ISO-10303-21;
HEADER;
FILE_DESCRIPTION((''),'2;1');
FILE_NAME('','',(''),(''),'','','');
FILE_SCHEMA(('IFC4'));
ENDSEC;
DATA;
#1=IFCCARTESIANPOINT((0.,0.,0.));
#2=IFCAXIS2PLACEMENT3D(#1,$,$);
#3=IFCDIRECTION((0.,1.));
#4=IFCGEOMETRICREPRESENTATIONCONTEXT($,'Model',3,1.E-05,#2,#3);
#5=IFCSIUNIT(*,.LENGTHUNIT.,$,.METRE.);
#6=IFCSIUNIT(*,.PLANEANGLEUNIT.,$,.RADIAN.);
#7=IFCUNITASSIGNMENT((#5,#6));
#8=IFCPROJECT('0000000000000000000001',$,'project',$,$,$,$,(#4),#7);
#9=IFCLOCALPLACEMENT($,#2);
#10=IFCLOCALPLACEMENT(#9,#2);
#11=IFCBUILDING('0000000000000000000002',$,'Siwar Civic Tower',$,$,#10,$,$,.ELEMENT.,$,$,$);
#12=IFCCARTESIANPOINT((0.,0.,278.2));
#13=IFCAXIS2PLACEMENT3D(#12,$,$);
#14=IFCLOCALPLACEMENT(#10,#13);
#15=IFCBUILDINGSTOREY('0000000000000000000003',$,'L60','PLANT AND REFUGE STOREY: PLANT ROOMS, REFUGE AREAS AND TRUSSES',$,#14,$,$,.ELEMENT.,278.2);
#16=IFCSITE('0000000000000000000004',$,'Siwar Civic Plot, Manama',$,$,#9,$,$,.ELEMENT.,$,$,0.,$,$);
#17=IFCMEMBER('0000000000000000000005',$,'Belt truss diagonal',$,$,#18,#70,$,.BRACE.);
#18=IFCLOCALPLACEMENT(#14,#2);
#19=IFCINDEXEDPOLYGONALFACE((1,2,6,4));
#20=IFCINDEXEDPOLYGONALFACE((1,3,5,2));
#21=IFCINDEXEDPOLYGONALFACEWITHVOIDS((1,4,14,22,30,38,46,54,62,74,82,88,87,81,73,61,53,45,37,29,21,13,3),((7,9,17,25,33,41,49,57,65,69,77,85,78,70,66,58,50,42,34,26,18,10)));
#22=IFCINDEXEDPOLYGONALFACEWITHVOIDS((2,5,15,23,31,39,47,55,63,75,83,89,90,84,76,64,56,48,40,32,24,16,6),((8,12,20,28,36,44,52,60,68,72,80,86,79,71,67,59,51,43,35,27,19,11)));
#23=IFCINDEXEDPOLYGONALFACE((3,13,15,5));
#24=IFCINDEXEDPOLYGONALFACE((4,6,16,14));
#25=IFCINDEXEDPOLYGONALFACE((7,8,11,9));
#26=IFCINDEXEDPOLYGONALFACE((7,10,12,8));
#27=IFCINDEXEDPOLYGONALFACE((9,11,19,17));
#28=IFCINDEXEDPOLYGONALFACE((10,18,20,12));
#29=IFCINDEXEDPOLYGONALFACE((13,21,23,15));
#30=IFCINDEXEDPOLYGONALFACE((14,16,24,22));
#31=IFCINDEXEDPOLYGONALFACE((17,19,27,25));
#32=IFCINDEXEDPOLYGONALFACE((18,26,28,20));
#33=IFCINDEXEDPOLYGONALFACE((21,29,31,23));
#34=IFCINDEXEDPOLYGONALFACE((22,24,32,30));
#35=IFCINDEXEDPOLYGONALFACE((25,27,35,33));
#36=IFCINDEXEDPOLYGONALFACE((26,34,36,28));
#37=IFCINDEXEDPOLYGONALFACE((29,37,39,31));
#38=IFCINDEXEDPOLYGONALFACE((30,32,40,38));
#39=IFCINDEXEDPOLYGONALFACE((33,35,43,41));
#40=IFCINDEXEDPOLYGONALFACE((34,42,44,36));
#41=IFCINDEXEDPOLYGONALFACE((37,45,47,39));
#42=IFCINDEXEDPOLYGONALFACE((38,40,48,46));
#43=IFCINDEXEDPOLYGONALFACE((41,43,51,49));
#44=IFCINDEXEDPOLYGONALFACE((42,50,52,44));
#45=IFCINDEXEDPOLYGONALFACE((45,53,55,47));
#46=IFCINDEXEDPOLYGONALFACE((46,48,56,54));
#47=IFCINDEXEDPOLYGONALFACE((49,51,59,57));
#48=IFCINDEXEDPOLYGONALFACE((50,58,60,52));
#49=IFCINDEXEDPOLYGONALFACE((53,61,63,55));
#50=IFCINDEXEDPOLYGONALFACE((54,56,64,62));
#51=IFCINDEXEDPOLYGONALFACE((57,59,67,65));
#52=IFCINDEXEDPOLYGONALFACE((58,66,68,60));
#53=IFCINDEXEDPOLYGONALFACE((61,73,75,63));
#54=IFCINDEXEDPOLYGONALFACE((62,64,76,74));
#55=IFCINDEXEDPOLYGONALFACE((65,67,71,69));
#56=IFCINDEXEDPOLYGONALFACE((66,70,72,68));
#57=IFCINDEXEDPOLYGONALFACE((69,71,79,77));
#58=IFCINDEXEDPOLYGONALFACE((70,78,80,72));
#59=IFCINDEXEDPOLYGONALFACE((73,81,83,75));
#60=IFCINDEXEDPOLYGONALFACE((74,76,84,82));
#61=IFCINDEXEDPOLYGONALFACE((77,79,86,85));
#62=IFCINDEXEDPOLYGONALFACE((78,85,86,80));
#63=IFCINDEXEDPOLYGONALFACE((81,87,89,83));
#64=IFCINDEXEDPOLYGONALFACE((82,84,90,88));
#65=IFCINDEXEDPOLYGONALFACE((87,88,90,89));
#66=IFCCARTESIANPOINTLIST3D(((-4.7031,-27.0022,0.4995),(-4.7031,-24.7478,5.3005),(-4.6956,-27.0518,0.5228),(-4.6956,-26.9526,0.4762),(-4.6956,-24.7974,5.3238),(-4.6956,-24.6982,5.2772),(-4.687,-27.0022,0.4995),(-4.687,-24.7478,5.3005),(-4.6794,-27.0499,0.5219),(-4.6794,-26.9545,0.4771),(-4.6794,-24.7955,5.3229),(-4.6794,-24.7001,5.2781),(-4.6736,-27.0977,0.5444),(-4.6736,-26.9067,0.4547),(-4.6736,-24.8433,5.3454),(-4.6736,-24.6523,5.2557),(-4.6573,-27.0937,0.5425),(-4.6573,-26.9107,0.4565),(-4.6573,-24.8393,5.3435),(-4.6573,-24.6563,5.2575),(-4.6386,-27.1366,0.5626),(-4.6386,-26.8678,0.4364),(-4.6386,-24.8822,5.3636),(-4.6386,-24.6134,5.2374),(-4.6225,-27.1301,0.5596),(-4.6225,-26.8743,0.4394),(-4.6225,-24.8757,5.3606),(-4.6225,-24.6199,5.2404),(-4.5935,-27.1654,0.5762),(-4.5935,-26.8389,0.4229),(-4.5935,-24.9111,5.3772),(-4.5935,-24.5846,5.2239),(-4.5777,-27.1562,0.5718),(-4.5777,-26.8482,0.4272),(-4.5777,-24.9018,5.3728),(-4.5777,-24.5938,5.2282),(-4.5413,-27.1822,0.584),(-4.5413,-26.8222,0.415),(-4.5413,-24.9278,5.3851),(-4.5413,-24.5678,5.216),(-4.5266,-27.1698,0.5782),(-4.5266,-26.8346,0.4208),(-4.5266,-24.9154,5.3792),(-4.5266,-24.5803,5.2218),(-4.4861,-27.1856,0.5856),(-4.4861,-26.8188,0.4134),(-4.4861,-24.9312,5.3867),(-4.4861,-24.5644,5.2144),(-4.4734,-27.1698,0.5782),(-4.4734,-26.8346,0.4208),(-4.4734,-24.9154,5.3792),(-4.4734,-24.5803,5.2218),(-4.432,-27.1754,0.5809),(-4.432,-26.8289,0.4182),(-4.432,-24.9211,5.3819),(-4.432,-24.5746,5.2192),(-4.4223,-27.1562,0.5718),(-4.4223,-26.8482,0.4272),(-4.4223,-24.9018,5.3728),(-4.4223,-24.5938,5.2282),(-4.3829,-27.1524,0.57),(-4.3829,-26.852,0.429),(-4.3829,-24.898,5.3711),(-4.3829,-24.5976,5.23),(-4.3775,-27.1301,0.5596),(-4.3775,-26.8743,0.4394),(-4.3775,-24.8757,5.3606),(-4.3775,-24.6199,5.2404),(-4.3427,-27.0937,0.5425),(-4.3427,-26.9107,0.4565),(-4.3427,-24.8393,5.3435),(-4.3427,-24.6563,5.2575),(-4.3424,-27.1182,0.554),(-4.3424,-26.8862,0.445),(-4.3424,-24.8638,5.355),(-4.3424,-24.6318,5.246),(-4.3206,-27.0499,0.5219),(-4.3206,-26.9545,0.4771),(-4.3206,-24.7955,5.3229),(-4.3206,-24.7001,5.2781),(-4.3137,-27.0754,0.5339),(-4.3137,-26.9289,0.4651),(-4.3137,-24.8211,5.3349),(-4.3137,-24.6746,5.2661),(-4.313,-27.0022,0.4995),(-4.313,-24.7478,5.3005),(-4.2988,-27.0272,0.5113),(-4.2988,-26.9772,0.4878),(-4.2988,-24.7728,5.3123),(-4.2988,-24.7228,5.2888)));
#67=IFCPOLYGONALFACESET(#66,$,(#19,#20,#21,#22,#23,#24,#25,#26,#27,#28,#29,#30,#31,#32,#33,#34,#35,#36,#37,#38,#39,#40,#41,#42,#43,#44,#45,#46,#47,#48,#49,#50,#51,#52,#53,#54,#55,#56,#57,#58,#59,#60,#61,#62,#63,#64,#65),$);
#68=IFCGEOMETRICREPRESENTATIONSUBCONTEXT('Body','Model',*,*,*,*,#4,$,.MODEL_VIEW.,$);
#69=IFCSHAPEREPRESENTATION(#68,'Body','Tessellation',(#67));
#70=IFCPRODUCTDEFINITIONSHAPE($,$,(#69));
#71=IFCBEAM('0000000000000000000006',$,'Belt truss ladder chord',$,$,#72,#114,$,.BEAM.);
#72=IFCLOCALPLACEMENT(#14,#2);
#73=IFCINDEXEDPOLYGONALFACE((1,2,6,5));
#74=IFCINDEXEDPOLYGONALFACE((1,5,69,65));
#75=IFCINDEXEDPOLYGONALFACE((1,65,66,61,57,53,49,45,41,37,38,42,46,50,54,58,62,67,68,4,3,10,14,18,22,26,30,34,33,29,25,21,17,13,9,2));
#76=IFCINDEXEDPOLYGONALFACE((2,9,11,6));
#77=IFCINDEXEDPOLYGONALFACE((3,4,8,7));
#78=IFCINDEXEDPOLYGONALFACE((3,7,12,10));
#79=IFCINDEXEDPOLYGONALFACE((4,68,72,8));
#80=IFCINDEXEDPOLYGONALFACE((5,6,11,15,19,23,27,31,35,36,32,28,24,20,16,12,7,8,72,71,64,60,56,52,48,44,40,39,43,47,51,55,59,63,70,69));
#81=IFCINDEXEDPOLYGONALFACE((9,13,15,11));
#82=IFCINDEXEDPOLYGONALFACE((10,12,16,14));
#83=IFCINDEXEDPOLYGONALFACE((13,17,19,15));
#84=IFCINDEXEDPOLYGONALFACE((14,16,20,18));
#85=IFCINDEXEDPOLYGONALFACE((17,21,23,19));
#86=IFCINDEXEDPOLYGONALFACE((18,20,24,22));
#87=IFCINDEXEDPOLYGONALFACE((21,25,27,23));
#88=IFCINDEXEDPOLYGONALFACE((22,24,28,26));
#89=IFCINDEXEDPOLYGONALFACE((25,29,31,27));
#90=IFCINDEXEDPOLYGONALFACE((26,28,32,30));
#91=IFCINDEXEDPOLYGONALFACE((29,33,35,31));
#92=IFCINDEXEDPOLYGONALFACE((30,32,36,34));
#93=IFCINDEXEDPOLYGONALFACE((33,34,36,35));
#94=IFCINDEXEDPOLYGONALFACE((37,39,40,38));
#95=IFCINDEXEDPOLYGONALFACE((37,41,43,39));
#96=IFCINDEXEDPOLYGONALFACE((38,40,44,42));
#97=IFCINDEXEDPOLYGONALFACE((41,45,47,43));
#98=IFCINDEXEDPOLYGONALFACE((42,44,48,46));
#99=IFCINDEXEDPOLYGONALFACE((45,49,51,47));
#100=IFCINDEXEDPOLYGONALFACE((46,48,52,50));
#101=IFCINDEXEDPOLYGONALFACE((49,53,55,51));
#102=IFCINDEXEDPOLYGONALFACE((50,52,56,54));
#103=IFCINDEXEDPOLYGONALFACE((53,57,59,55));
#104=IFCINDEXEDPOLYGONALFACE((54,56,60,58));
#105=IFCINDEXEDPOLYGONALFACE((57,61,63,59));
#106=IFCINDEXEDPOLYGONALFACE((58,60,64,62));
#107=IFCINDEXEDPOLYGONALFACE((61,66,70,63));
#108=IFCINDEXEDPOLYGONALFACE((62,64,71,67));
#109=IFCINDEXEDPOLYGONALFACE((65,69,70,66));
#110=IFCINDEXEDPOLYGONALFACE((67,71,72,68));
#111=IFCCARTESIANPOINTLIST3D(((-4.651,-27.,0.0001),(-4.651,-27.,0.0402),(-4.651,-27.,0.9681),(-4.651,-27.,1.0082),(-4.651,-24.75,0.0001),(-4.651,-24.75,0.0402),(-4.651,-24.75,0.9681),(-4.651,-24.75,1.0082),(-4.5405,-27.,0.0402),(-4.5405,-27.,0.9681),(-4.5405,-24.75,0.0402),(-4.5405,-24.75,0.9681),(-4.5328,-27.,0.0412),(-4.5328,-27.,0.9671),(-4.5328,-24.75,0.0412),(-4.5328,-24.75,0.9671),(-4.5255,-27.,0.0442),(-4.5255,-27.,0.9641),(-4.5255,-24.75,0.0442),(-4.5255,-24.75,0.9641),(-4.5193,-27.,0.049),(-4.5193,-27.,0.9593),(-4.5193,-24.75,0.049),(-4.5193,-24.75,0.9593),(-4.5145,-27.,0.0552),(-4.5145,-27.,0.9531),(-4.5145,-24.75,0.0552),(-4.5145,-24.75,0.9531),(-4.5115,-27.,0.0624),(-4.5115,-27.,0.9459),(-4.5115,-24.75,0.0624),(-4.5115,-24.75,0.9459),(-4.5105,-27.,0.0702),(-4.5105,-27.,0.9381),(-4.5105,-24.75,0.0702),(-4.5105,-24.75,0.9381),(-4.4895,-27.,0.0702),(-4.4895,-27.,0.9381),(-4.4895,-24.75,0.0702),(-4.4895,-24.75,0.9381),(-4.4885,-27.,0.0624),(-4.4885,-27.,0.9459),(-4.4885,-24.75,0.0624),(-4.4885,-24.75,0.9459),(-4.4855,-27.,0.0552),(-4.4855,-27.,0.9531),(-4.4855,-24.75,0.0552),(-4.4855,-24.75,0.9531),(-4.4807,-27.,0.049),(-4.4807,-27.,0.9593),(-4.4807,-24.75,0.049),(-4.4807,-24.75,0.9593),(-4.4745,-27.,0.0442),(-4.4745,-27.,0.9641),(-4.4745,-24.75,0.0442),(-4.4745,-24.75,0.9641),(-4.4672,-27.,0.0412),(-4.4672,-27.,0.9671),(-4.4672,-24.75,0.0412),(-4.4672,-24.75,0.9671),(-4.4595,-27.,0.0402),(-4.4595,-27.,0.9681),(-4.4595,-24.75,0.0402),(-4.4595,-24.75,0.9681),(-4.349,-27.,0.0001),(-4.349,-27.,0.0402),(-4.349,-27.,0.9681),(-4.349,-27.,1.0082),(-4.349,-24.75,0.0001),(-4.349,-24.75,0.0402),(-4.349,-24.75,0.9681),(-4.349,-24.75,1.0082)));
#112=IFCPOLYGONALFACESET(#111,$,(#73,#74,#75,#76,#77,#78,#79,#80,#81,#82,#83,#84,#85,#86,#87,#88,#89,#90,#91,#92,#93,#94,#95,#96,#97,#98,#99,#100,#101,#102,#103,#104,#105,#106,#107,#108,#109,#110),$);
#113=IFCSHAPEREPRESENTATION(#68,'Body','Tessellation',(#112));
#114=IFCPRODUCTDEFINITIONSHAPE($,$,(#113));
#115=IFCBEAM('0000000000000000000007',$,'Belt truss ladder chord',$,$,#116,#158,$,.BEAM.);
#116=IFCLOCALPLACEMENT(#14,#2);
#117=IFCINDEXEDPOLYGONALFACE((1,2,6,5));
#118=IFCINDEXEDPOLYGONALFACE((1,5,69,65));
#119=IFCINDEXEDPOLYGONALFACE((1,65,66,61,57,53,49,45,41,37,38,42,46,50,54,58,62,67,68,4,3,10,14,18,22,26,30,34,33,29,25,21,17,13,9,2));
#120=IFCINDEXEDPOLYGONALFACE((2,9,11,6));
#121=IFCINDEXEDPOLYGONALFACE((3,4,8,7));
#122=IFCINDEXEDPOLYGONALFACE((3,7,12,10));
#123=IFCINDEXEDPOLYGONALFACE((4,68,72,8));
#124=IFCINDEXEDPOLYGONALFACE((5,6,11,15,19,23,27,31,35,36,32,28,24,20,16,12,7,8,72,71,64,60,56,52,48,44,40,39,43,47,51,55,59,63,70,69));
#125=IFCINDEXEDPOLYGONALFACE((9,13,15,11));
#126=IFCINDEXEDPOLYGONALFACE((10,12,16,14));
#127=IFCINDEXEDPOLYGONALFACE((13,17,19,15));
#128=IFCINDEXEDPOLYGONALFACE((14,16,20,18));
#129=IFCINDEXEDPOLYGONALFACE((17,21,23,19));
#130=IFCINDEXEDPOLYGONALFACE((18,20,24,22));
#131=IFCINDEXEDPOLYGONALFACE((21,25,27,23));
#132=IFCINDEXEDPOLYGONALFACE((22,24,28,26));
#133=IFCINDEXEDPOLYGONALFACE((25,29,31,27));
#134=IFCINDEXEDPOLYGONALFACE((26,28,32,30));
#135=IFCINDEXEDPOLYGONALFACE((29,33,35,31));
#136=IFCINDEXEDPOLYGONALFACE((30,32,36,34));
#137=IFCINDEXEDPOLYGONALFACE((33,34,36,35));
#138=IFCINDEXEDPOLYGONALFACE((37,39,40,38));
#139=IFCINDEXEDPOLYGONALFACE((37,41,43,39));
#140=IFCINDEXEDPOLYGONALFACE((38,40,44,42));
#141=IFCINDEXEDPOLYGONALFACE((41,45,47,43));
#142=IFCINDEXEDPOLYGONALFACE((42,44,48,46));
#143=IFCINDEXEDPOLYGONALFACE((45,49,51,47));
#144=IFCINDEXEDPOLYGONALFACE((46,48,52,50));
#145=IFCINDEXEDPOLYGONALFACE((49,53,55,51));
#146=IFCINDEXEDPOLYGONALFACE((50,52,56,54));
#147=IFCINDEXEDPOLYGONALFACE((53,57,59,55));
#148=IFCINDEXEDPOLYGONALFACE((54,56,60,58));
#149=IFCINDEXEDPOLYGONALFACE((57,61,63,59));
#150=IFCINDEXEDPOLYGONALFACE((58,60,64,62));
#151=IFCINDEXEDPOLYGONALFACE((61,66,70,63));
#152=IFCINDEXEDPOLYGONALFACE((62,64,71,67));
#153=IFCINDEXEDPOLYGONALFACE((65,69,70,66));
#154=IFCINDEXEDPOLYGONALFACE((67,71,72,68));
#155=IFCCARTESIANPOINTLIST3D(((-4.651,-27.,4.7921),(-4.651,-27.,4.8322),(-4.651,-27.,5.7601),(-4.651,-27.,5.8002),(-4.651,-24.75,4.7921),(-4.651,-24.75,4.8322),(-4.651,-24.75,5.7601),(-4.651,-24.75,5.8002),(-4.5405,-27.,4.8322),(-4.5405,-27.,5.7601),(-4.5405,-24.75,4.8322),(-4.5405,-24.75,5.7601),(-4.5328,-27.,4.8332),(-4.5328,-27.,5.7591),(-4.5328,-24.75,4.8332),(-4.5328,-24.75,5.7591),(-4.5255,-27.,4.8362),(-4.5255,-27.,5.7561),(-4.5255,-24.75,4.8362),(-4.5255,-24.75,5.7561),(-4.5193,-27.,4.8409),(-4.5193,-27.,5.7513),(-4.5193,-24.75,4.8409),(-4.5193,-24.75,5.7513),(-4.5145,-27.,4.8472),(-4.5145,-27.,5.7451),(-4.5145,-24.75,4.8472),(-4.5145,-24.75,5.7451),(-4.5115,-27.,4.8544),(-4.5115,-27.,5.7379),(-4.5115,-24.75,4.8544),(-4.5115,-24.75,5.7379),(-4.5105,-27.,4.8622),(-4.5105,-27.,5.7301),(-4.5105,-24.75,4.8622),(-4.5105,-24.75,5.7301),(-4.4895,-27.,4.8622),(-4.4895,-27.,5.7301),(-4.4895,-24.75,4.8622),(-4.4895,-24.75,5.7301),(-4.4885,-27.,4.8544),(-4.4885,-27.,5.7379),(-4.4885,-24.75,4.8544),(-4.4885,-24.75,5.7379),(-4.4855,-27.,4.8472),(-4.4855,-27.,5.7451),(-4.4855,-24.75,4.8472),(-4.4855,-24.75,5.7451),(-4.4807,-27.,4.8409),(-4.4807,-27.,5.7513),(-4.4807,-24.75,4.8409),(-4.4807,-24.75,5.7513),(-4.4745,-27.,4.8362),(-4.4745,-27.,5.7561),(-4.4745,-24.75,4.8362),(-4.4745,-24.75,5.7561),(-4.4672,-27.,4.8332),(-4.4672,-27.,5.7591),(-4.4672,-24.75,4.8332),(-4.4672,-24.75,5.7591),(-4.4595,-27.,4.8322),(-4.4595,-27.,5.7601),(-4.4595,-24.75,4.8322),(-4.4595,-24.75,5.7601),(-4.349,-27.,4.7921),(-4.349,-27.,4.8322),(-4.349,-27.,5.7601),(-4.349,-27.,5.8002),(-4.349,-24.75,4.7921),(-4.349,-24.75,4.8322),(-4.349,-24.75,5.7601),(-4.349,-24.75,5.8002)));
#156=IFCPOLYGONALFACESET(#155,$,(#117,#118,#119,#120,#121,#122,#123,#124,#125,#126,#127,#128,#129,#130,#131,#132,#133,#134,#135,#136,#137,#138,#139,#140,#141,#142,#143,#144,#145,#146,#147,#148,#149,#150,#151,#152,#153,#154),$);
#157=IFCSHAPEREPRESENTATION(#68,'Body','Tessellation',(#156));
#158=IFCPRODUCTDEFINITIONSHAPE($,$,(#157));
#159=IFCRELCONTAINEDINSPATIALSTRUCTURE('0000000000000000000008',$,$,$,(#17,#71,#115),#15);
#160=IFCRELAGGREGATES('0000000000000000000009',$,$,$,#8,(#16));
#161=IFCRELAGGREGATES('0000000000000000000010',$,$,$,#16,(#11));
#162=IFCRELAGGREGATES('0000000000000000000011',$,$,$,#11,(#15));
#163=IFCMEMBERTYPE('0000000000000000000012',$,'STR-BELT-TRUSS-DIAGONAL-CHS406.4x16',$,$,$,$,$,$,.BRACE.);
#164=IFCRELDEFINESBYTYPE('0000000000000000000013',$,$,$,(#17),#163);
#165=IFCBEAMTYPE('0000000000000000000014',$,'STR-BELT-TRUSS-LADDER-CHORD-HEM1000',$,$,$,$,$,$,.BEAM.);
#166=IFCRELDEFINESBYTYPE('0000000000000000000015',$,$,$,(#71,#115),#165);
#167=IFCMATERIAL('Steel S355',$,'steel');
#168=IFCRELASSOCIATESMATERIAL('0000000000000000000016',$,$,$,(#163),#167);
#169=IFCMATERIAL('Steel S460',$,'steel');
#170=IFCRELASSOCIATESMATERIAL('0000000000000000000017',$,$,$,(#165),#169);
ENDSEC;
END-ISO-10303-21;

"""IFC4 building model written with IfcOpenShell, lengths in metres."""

from ifc_helpers import new_model, si_unit, direction, frame, origin, origin_2d, place, context, subcontext, project, spatial, hollow_circle, i_section, extrude, material, material_profile, profile_set, type_object, element, save


model = new_model("IFC4")

# Units and contexts
model_context = context("Model", 3, precision=1e-05, world=origin(), true_north=direction((0.0, 1.0)))
body_context = subcontext(model_context, "Body", "Model", "MODEL_VIEW")
ifc_project = project(units=[si_unit("LENGTHUNIT", "METRE"), si_unit("PLANEANGLEUNIT", "RADIAN")], contexts=[model_context])

# Site, building, storey
site_placement = place(None, origin())
site = spatial("IfcSite", under=ifc_project, at=site_placement, Name="Siwar Civic Plot, Manama", CompositionType="ELEMENT", RefElevation=0.0)
building_placement = place(site_placement, origin())
building = spatial("IfcBuilding", under=site, at=building_placement, Name="Siwar Civic Tower", CompositionType="ELEMENT")
storey_placement = place(building_placement, frame((0.0, 0.0, 278.2)))
storey = spatial("IfcBuildingStorey", under=building, at=storey_placement, Name="L60", Description="PLANT AND REFUGE STOREY: PLANT ROOMS, REFUGE AREAS AND TRUSSES", CompositionType="ELEMENT", Elevation=278.2)

# Member
ifc_material_1 = material(Name="Steel S355", Category="steel")
ifc_material_profile_1 = material_profile(ifc_material_1, hollow_circle(Radius=0.2031, WallThickness=0.0161, at=origin_2d()), Name="CHS406.4x16")
ifc_profile_set_1 = profile_set([ifc_material_profile_1], Name="Steel S355")
member_type_1 = type_object("IfcMemberType", Name="STR-BELT-TRUSS-DIAGONAL-CHS406.4x16", PredefinedType="BRACE", material=ifc_profile_set_1)
member_1_placement = place(storey_placement, frame((-4.5, -27.0022, 0.4995), z_axis=(0.0, 0.425039, 0.905175), x_axis=(-1.0, 0.0, 0.0)))
element("IfcMember", 1, at=member_1_placement, inside=storey, type_object=member_type_1, Name="Belt truss diagonal", PredefinedType="BRACE", context=body_context, shape_type="SweptSolid", body=[
    extrude(hollow_circle(Radius=0.2031, WallThickness=0.0161, at=origin_2d()), origin(), (0.0, 0.0, 1.0), 5.304),
])

# Beams
ifc_material_2 = material(Name="Steel S460", Category="steel")
ifc_material_profile_2 = material_profile(ifc_material_2, i_section(OverallWidth=0.302, OverallDepth=1.0081, WebThickness=0.021, FlangeThickness=0.04, FilletRadius=0.03, at=origin_2d()), Name="HEM1000")
ifc_profile_set_2 = profile_set([ifc_material_profile_2], Name="Steel S460")
beam_type_1 = type_object("IfcBeamType", Name="STR-BELT-TRUSS-LADDER-CHORD-HEM1000", PredefinedType="BEAM", material=ifc_profile_set_2)
for number, where, z_axis, x_axis, name in (
    (2, (-4.5, -24.75, 0.5042), (0.0, -1.0, 0.0), (1.0, 0.0, 0.0), "Belt truss ladder chord"),
    (3, (-4.5, -24.75, 5.2961), (0.0, -1.0, 0.0), (1.0, 0.0, 0.0), "Belt truss ladder chord"),
):
    element("IfcBeam", number, at=place(storey_placement, frame(where, z_axis=z_axis, x_axis=x_axis)), inside=storey, type_object=beam_type_1, Name=name, PredefinedType="BEAM", context=body_context, shape_type="SweptSolid", body=[
        extrude(i_section(OverallWidth=0.302, OverallDepth=1.0081, WebThickness=0.021, FlangeThickness=0.04, FilletRadius=0.03, at=origin_2d()), origin(), (0.0, 0.0, 1.0), 2.25),
    ])

save(model, "model.ifc")
